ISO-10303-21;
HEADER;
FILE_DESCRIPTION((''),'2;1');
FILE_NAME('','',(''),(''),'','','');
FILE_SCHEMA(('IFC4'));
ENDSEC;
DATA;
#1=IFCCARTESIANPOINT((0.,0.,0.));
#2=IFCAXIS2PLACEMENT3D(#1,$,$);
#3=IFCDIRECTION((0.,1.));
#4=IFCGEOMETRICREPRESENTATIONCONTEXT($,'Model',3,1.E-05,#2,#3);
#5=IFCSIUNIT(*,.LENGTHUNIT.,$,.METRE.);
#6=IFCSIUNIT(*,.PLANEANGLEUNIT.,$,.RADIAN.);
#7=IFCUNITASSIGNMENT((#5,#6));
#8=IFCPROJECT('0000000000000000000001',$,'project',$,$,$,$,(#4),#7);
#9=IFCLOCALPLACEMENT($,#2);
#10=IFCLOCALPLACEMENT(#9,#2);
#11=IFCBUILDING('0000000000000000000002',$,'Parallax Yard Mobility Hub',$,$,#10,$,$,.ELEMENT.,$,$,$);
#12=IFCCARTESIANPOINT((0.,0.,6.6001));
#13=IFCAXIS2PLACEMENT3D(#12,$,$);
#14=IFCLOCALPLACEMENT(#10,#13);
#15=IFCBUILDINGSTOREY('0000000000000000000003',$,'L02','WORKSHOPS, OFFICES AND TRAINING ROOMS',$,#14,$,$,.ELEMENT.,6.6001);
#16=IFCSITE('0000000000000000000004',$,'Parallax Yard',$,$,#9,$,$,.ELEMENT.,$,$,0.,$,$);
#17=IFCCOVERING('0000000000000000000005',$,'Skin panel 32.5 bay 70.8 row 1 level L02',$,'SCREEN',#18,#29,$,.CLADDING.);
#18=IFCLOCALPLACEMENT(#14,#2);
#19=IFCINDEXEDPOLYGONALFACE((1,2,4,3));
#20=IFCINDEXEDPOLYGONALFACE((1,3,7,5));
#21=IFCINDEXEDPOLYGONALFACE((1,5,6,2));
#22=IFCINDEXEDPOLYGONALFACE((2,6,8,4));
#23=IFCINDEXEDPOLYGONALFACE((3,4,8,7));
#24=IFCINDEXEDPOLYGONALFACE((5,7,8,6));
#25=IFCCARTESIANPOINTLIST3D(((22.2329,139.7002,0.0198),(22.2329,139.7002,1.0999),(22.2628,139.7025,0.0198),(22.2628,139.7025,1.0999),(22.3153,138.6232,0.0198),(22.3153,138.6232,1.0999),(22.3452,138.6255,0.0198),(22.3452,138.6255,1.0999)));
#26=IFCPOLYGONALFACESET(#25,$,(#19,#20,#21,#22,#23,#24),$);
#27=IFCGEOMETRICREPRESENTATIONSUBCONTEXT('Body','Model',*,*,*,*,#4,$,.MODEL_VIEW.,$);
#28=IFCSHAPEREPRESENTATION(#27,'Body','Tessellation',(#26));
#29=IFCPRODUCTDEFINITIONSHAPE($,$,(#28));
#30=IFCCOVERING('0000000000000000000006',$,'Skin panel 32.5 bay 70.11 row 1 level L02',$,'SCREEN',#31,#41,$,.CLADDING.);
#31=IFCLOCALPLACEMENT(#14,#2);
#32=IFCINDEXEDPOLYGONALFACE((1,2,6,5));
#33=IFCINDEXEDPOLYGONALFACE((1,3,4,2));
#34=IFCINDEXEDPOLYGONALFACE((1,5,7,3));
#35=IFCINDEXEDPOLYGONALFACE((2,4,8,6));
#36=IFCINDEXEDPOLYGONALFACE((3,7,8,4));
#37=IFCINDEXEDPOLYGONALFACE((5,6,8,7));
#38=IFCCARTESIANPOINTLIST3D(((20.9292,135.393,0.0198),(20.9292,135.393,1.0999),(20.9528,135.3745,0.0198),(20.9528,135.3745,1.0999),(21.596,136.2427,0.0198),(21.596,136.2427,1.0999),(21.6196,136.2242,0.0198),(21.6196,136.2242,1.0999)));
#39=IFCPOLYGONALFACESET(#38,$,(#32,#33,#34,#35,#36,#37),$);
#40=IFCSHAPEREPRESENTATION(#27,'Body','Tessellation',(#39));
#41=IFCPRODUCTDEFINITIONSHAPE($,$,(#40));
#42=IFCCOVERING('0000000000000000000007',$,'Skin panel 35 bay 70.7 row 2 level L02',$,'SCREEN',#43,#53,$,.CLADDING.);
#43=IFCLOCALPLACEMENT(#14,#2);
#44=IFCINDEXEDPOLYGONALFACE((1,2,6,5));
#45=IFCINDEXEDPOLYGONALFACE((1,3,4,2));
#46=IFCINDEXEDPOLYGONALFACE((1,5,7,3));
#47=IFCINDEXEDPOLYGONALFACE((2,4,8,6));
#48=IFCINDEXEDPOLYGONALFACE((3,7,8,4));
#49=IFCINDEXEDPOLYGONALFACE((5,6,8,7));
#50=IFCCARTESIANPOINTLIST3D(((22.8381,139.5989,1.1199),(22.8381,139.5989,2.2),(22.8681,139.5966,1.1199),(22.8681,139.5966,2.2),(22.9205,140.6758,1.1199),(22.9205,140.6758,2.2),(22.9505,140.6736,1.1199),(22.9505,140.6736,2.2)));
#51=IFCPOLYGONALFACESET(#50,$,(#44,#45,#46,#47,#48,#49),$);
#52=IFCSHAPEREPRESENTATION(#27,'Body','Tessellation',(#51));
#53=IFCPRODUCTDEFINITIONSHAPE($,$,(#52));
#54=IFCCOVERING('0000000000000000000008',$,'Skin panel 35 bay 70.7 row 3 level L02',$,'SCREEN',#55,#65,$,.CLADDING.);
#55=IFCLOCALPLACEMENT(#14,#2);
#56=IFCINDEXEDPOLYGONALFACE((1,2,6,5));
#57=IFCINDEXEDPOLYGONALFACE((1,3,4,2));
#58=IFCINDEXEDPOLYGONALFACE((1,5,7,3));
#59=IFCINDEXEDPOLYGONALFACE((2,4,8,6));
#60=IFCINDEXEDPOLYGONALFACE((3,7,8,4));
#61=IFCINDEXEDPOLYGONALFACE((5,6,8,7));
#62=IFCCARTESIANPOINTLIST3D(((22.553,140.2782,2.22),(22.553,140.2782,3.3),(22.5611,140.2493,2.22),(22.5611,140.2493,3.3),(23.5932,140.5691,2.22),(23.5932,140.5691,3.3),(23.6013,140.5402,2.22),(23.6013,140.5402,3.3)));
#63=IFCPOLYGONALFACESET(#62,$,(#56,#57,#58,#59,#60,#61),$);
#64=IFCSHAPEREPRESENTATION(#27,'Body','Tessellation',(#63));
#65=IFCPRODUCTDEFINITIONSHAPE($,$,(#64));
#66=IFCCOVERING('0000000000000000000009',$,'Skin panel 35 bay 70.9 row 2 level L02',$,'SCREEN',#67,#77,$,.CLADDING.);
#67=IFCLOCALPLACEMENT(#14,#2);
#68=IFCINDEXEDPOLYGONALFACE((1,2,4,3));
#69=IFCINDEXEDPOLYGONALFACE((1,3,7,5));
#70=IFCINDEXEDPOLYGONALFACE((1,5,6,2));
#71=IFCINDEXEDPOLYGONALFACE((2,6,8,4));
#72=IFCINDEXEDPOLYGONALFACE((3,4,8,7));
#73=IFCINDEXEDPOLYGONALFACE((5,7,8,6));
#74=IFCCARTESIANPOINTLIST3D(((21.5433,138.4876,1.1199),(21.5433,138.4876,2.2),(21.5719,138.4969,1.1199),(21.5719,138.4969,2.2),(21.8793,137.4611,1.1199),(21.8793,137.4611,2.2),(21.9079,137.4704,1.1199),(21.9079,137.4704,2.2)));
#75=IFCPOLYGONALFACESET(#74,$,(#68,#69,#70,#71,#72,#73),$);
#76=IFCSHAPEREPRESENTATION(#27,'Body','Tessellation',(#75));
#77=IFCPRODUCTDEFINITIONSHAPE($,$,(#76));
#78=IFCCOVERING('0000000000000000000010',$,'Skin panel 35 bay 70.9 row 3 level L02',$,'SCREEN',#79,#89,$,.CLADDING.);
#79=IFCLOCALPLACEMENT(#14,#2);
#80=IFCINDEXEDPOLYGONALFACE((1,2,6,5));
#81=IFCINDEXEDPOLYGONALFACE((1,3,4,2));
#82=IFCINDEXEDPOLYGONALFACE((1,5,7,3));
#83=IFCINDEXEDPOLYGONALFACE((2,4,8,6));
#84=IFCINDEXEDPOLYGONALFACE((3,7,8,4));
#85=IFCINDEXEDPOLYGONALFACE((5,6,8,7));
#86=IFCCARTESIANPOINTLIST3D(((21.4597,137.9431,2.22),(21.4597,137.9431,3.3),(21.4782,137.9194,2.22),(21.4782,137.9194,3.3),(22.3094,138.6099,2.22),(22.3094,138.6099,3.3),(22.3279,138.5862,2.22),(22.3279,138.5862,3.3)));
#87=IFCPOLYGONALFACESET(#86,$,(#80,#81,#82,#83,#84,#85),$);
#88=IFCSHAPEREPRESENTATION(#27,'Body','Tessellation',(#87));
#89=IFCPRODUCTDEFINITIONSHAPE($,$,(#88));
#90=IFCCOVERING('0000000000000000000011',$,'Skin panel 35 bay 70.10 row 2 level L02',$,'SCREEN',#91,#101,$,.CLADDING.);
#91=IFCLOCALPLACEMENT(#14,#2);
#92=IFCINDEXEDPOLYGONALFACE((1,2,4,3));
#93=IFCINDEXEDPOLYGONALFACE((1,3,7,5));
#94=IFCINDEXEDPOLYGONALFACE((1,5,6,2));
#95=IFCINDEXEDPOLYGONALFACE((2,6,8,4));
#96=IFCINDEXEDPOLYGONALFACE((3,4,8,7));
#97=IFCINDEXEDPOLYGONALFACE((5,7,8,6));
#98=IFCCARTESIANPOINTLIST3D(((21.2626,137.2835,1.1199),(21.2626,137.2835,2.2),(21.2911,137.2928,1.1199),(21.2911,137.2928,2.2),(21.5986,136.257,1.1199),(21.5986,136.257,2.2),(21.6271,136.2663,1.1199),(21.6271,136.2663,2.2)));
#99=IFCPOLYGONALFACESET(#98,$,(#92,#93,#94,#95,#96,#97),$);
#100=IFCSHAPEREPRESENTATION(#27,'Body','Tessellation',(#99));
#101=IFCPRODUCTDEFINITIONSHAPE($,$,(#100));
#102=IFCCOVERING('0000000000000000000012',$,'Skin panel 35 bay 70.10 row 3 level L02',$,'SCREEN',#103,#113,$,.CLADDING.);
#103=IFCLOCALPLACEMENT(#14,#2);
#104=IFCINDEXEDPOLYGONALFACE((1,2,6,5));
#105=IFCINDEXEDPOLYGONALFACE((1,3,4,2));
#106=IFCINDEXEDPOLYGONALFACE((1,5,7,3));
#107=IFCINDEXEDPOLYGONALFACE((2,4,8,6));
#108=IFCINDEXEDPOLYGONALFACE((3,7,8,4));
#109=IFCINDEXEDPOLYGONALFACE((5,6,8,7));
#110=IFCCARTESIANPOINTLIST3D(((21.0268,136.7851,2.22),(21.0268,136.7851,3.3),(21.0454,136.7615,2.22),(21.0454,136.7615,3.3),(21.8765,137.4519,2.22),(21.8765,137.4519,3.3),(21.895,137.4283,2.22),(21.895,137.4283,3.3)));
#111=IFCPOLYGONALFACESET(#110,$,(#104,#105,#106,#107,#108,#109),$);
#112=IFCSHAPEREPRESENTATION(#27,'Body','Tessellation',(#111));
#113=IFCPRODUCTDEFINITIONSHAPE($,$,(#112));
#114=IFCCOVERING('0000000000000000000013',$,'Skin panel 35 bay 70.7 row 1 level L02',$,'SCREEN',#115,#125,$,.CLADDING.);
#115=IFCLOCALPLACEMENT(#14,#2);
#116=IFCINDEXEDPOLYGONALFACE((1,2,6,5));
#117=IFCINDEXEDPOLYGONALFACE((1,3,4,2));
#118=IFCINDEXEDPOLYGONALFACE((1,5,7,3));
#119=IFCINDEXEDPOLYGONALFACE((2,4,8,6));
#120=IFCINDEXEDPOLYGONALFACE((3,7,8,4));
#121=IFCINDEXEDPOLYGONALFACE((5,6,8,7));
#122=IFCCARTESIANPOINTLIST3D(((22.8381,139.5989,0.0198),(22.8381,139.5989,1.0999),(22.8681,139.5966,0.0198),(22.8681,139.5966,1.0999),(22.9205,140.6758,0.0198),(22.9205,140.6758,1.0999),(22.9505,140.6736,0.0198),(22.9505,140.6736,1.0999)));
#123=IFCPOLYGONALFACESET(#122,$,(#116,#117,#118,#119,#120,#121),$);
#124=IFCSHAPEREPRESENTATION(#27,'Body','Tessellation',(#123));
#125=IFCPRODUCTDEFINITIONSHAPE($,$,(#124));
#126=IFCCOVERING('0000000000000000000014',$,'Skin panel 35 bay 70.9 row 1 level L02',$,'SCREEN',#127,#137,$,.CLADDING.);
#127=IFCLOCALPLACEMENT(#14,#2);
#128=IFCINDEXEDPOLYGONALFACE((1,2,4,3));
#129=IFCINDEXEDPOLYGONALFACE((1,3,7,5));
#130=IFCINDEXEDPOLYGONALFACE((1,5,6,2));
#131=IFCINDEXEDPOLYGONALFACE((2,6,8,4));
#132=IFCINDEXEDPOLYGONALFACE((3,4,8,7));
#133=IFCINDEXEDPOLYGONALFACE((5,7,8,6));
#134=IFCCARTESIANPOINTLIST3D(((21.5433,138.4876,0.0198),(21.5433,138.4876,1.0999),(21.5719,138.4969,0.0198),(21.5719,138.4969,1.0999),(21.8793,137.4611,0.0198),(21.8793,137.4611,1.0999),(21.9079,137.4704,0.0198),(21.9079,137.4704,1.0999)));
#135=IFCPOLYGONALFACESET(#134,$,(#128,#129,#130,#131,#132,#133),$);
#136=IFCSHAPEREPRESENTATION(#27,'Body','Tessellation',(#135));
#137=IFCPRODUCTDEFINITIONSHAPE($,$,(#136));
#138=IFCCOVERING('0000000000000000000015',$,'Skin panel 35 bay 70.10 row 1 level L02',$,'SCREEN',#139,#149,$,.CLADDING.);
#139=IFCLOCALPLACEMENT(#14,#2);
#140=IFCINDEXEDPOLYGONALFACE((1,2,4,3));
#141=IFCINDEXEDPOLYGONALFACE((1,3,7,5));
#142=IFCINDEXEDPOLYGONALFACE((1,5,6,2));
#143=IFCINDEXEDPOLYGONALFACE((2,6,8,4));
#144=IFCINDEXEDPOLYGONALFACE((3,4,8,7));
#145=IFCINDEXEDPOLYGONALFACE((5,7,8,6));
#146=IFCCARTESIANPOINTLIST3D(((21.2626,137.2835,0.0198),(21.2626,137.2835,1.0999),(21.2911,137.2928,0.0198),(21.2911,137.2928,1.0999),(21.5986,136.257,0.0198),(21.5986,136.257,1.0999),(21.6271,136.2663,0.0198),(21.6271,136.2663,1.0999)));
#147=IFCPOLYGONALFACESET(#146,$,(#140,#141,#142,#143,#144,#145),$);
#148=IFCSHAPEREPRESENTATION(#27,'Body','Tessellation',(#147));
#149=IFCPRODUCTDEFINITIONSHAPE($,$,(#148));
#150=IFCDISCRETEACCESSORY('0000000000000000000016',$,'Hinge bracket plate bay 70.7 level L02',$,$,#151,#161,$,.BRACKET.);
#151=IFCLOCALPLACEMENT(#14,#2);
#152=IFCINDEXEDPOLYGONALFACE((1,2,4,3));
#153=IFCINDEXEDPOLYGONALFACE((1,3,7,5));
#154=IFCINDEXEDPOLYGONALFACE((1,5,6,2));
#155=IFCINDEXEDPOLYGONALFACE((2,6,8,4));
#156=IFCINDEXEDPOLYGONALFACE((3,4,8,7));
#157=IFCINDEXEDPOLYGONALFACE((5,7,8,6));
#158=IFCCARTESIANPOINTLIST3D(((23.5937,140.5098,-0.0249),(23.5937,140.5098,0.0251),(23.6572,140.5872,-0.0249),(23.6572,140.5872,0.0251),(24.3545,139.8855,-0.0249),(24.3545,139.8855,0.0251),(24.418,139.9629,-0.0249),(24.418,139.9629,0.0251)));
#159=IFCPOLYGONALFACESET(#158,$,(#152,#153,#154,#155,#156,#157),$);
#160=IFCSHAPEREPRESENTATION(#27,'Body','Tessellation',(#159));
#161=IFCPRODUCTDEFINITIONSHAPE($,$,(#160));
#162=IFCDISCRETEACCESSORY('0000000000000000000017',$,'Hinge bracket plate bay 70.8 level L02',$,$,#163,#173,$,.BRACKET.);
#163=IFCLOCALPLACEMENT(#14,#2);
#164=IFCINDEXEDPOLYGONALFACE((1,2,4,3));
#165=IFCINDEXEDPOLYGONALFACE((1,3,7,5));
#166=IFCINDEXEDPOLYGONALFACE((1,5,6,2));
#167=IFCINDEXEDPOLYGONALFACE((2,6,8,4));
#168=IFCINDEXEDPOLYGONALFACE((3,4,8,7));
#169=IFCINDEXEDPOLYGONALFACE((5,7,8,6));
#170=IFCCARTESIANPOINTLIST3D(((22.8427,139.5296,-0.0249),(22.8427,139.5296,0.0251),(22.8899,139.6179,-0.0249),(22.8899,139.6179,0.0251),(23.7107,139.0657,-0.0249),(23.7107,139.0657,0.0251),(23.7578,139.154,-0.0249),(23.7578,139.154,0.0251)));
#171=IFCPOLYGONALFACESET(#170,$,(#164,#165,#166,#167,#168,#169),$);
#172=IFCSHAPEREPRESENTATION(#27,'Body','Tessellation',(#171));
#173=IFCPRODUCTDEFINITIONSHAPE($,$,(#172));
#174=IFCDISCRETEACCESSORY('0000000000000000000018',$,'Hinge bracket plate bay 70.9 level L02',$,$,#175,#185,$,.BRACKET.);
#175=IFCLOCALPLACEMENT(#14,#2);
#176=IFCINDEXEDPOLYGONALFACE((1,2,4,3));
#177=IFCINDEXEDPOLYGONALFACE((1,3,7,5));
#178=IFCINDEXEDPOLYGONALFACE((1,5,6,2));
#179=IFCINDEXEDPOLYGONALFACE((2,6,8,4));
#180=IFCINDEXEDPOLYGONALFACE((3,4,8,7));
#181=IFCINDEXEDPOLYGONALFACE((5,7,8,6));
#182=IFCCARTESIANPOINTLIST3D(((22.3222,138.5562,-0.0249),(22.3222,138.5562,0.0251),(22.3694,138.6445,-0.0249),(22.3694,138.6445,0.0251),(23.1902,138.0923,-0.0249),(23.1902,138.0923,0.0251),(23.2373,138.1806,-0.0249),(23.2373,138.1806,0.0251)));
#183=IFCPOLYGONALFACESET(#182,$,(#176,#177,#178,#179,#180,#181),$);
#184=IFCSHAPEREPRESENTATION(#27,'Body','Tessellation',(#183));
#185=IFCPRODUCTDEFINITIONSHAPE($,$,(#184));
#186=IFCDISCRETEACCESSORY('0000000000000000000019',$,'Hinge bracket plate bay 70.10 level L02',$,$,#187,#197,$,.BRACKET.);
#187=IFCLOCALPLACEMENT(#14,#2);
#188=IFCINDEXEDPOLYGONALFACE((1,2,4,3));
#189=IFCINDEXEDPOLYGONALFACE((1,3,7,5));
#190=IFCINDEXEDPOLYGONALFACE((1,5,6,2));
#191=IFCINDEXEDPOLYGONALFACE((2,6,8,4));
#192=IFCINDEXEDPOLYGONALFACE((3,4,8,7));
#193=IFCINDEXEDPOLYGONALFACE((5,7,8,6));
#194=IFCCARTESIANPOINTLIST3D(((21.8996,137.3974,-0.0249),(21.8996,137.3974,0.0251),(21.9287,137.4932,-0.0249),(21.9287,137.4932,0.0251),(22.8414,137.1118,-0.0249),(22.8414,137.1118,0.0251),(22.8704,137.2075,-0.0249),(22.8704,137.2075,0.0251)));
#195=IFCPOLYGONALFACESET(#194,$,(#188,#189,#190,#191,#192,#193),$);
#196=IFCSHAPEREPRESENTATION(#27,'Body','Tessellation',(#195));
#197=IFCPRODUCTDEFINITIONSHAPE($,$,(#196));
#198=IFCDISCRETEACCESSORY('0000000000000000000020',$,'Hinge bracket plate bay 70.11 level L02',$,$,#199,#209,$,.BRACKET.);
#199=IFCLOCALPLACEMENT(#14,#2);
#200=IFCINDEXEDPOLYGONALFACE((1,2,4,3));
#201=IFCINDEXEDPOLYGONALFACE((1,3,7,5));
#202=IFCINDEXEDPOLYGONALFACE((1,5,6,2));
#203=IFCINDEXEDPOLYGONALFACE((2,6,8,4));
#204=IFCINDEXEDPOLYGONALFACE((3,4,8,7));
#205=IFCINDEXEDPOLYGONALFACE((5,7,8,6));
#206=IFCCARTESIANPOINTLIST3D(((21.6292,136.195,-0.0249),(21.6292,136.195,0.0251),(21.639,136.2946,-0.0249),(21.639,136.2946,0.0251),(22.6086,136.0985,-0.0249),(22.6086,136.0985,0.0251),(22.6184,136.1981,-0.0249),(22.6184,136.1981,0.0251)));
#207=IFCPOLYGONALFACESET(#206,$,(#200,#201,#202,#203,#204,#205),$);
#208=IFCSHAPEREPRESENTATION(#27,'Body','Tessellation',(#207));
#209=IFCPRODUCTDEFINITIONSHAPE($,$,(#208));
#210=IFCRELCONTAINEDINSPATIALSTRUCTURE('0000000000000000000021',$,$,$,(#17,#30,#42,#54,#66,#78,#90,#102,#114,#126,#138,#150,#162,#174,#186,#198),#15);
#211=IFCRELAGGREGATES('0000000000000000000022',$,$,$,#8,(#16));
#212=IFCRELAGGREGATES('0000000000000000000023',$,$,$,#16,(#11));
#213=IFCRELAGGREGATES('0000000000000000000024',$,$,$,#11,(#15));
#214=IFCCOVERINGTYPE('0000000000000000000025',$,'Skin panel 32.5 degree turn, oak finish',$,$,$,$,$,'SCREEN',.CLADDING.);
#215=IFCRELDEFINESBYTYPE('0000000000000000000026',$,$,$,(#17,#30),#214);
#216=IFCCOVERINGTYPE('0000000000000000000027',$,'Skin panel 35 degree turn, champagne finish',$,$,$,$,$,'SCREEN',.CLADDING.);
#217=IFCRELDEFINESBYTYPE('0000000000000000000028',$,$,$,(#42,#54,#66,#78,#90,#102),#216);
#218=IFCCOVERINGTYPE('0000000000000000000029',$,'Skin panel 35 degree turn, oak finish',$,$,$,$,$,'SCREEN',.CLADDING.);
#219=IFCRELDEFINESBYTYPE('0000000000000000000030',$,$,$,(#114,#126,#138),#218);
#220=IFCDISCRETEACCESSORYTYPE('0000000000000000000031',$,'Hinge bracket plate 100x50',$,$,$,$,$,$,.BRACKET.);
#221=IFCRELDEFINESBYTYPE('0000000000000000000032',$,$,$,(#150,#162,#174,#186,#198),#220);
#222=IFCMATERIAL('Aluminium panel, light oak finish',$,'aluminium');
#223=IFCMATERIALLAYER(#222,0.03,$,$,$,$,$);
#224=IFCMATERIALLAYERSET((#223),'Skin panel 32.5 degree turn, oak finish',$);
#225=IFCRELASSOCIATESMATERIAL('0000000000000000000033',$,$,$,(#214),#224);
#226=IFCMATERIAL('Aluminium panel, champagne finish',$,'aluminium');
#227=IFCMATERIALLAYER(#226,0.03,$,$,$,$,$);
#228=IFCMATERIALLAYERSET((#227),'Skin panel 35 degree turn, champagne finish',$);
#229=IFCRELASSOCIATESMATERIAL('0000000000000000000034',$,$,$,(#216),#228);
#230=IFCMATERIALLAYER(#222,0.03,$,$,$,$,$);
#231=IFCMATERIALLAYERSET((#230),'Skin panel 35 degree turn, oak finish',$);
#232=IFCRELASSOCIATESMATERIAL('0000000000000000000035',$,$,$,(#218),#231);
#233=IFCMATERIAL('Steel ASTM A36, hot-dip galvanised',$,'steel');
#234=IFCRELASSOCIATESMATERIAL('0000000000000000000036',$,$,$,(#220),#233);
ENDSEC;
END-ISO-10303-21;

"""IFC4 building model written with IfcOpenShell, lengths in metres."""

from ifc_helpers import new_model, si_unit, direction, frame, origin, origin_2d, place, context, subcontext, project, spatial, rectangle, extrude, material, layer, layer_set, type_object, element, save


model = new_model("IFC4")

# Units and contexts
model_context = context("Model", 3, precision=1e-05, world=origin(), true_north=direction((0.0, 1.0)))
body_context = subcontext(model_context, "Body", "Model", "MODEL_VIEW")
ifc_project = project(units=[si_unit("LENGTHUNIT", "METRE"), si_unit("PLANEANGLEUNIT", "RADIAN")], contexts=[model_context])

# Site, building, storey
site_placement = place(None, origin())
site = spatial("IfcSite", under=ifc_project, at=site_placement, Name="Parallax Yard", CompositionType="ELEMENT", RefElevation=0.0)
building_placement = place(site_placement, origin())
building = spatial("IfcBuilding", under=site, at=building_placement, Name="Parallax Yard Mobility Hub", CompositionType="ELEMENT")
storey_placement = place(building_placement, frame((0.0, 0.0, 6.6001)))
storey = spatial("IfcBuildingStorey", under=building, at=storey_placement, Name="L02", Description="WORKSHOPS, OFFICES AND TRAINING ROOMS", CompositionType="ELEMENT", Elevation=6.6001)

# Coverings
ifc_material_1 = material(Name="Aluminium panel, champagne finish", Category="aluminium")
ifc_material_2 = material(Name="Aluminium panel, light oak finish", Category="aluminium")
ifc_layer_1 = layer(ifc_material_2, 0.03)
ifc_layer_set_1 = layer_set([ifc_layer_1], Name="Skin panel 32.5 degree turn, oak finish")
covering_type_1 = type_object("IfcCoveringType", Name="Skin panel 32.5 degree turn, oak finish", ElementType="SCREEN", PredefinedType="CLADDING", material=ifc_layer_set_1)
for number, where, z_axis, x_axis, name in (
    (1, (22.2891, 139.1628, 0.0198), (0.0, 0.0, 1.0), (-0.076284, 0.997086, 0.0), "Skin panel 32.5 bay 70.8 row 1 level L02"),
    (2, (21.2744, 135.8086, 0.0198), (0.0, 0.0, 1.0), (-0.617379, -0.786666, 0.0), "Skin panel 32.5 bay 70.11 row 1 level L02"),
):
    element("IfcCovering", number, at=place(storey_placement, frame(where, z_axis=z_axis, x_axis=x_axis)), inside=storey, type_object=covering_type_1, Name=name, ObjectType="SCREEN", PredefinedType="CLADDING", context=body_context, shape_type="SweptSolid", body=[
        extrude(rectangle(XDim=1.0801, YDim=0.03, at=origin_2d()), origin(), (0.0, 0.0, 1.0), 1.0801),
    ])
ifc_layer_2 = layer(ifc_material_1, 0.03)
ifc_layer_set_2 = layer_set([ifc_layer_2], Name="Skin panel 35 degree turn, champagne finish")
covering_type_2 = type_object("IfcCoveringType", Name="Skin panel 35 degree turn, champagne finish", ElementType="SCREEN", PredefinedType="CLADDING", material=ifc_layer_set_2)
for number, where, z_axis, x_axis, name in (
    (3, (22.8943, 140.1362, 1.1199), (0.0, 0.0, 1.0), (0.076284, 0.997086, 0.0), "Skin panel 35 bay 70.7 row 2 level L02"),
    (4, (23.0771, 140.4092, 2.22), (0.0, 0.0, 1.0), (-0.963045, -0.26934, 0.0), "Skin panel 35 bay 70.7 row 3 level L02"),
    (5, (21.7256, 137.979, 1.1199), (0.0, 0.0, 1.0), (-0.311091, 0.95038, 0.0), "Skin panel 35 bay 70.9 row 2 level L02"),
    (6, (21.8938, 138.2646, 2.22), (0.0, 0.0, 1.0), (-0.786666, -0.617379, 0.0), "Skin panel 35 bay 70.9 row 3 level L02"),
    (7, (21.4448, 136.7749, 1.1199), (0.0, 0.0, 1.0), (-0.311091, 0.95038, 0.0), "Skin panel 35 bay 70.10 row 2 level L02"),
    (8, (21.4609, 137.1067, 2.22), (0.0, 0.0, 1.0), (-0.786666, -0.617379, 0.0), "Skin panel 35 bay 70.10 row 3 level L02"),
):
    element("IfcCovering", number, at=place(storey_placement, frame(where, z_axis=z_axis, x_axis=x_axis)), inside=storey, type_object=covering_type_2, Name=name, ObjectType="SCREEN", PredefinedType="CLADDING", context=body_context, shape_type="SweptSolid", body=[
        extrude(rectangle(XDim=1.0801, YDim=0.03, at=origin_2d()), origin(), (0.0, 0.0, 1.0), 1.0801),
    ])
ifc_layer_3 = layer(ifc_material_2, 0.03)
ifc_layer_set_3 = layer_set([ifc_layer_3], Name="Skin panel 35 degree turn, oak finish")
covering_type_3 = type_object("IfcCoveringType", Name="Skin panel 35 degree turn, oak finish", ElementType="SCREEN", PredefinedType="CLADDING", material=ifc_layer_set_3)
for number, where, z_axis, x_axis, name in (
    (9, (22.8943, 140.1362, 0.0198), (0.0, 0.0, 1.0), (0.076284, 0.997086, 0.0), "Skin panel 35 bay 70.7 row 1 level L02"),
    (10, (21.7256, 137.979, 0.0198), (0.0, 0.0, 1.0), (-0.311091, 0.95038, 0.0), "Skin panel 35 bay 70.9 row 1 level L02"),
    (11, (21.4448, 136.7749, 0.0198), (0.0, 0.0, 1.0), (-0.311091, 0.95038, 0.0), "Skin panel 35 bay 70.10 row 1 level L02"),
):
    element("IfcCovering", number, at=place(storey_placement, frame(where, z_axis=z_axis, x_axis=x_axis)), inside=storey, type_object=covering_type_3, Name=name, ObjectType="SCREEN", PredefinedType="CLADDING", context=body_context, shape_type="SweptSolid", body=[
        extrude(rectangle(XDim=1.0801, YDim=0.03, at=origin_2d()), origin(), (0.0, 0.0, 1.0), 1.0801),
    ])

# Discrete accessories
ifc_material_3 = material(Name="Steel ASTM A36, hot-dip galvanised", Category="steel")
discrete_accessory_type_1 = type_object("IfcDiscreteAccessoryType", Name="Hinge bracket plate 100x50", PredefinedType="BRACKET", material=ifc_material_3)
for number, where, z_axis, x_axis, name in (
    (12, (24.0059, 140.2363, -0.0249), (0.0, 0.0, 1.0), (-0.77301, 0.634393, 0.0), "Hinge bracket plate bay 70.7 level L02"),
    (13, (23.3003, 139.3418, -0.0249), (0.0, 0.0, 1.0), (-0.881921, 0.471397, 0.0), "Hinge bracket plate bay 70.8 level L02"),
    (14, (22.7798, 138.3684, -0.0249), (0.0, 0.0, 1.0), (-0.881921, 0.471397, 0.0), "Hinge bracket plate bay 70.9 level L02"),
    (15, (22.385, 137.3025, -0.0249), (0.0, 0.0, 1.0), (-0.95694, 0.290285, 0.0), "Hinge bracket plate bay 70.10 level L02"),
    (16, (22.1238, 136.1965, -0.0249), (0.0, 0.0, 1.0), (-0.995185, 0.098017, 0.0), "Hinge bracket plate bay 70.11 level L02"),
):
    element("IfcDiscreteAccessory", number, at=place(storey_placement, frame(where, z_axis=z_axis, x_axis=x_axis)), inside=storey, type_object=discrete_accessory_type_1, Name=name, PredefinedType="BRACKET", context=body_context, shape_type="SweptSolid", body=[
        extrude(rectangle(XDim=0.9841, YDim=0.1001, at=origin_2d()), origin(), (0.0, 0.0, 1.0), 0.05),
    ])

save(model, "model.ifc")
